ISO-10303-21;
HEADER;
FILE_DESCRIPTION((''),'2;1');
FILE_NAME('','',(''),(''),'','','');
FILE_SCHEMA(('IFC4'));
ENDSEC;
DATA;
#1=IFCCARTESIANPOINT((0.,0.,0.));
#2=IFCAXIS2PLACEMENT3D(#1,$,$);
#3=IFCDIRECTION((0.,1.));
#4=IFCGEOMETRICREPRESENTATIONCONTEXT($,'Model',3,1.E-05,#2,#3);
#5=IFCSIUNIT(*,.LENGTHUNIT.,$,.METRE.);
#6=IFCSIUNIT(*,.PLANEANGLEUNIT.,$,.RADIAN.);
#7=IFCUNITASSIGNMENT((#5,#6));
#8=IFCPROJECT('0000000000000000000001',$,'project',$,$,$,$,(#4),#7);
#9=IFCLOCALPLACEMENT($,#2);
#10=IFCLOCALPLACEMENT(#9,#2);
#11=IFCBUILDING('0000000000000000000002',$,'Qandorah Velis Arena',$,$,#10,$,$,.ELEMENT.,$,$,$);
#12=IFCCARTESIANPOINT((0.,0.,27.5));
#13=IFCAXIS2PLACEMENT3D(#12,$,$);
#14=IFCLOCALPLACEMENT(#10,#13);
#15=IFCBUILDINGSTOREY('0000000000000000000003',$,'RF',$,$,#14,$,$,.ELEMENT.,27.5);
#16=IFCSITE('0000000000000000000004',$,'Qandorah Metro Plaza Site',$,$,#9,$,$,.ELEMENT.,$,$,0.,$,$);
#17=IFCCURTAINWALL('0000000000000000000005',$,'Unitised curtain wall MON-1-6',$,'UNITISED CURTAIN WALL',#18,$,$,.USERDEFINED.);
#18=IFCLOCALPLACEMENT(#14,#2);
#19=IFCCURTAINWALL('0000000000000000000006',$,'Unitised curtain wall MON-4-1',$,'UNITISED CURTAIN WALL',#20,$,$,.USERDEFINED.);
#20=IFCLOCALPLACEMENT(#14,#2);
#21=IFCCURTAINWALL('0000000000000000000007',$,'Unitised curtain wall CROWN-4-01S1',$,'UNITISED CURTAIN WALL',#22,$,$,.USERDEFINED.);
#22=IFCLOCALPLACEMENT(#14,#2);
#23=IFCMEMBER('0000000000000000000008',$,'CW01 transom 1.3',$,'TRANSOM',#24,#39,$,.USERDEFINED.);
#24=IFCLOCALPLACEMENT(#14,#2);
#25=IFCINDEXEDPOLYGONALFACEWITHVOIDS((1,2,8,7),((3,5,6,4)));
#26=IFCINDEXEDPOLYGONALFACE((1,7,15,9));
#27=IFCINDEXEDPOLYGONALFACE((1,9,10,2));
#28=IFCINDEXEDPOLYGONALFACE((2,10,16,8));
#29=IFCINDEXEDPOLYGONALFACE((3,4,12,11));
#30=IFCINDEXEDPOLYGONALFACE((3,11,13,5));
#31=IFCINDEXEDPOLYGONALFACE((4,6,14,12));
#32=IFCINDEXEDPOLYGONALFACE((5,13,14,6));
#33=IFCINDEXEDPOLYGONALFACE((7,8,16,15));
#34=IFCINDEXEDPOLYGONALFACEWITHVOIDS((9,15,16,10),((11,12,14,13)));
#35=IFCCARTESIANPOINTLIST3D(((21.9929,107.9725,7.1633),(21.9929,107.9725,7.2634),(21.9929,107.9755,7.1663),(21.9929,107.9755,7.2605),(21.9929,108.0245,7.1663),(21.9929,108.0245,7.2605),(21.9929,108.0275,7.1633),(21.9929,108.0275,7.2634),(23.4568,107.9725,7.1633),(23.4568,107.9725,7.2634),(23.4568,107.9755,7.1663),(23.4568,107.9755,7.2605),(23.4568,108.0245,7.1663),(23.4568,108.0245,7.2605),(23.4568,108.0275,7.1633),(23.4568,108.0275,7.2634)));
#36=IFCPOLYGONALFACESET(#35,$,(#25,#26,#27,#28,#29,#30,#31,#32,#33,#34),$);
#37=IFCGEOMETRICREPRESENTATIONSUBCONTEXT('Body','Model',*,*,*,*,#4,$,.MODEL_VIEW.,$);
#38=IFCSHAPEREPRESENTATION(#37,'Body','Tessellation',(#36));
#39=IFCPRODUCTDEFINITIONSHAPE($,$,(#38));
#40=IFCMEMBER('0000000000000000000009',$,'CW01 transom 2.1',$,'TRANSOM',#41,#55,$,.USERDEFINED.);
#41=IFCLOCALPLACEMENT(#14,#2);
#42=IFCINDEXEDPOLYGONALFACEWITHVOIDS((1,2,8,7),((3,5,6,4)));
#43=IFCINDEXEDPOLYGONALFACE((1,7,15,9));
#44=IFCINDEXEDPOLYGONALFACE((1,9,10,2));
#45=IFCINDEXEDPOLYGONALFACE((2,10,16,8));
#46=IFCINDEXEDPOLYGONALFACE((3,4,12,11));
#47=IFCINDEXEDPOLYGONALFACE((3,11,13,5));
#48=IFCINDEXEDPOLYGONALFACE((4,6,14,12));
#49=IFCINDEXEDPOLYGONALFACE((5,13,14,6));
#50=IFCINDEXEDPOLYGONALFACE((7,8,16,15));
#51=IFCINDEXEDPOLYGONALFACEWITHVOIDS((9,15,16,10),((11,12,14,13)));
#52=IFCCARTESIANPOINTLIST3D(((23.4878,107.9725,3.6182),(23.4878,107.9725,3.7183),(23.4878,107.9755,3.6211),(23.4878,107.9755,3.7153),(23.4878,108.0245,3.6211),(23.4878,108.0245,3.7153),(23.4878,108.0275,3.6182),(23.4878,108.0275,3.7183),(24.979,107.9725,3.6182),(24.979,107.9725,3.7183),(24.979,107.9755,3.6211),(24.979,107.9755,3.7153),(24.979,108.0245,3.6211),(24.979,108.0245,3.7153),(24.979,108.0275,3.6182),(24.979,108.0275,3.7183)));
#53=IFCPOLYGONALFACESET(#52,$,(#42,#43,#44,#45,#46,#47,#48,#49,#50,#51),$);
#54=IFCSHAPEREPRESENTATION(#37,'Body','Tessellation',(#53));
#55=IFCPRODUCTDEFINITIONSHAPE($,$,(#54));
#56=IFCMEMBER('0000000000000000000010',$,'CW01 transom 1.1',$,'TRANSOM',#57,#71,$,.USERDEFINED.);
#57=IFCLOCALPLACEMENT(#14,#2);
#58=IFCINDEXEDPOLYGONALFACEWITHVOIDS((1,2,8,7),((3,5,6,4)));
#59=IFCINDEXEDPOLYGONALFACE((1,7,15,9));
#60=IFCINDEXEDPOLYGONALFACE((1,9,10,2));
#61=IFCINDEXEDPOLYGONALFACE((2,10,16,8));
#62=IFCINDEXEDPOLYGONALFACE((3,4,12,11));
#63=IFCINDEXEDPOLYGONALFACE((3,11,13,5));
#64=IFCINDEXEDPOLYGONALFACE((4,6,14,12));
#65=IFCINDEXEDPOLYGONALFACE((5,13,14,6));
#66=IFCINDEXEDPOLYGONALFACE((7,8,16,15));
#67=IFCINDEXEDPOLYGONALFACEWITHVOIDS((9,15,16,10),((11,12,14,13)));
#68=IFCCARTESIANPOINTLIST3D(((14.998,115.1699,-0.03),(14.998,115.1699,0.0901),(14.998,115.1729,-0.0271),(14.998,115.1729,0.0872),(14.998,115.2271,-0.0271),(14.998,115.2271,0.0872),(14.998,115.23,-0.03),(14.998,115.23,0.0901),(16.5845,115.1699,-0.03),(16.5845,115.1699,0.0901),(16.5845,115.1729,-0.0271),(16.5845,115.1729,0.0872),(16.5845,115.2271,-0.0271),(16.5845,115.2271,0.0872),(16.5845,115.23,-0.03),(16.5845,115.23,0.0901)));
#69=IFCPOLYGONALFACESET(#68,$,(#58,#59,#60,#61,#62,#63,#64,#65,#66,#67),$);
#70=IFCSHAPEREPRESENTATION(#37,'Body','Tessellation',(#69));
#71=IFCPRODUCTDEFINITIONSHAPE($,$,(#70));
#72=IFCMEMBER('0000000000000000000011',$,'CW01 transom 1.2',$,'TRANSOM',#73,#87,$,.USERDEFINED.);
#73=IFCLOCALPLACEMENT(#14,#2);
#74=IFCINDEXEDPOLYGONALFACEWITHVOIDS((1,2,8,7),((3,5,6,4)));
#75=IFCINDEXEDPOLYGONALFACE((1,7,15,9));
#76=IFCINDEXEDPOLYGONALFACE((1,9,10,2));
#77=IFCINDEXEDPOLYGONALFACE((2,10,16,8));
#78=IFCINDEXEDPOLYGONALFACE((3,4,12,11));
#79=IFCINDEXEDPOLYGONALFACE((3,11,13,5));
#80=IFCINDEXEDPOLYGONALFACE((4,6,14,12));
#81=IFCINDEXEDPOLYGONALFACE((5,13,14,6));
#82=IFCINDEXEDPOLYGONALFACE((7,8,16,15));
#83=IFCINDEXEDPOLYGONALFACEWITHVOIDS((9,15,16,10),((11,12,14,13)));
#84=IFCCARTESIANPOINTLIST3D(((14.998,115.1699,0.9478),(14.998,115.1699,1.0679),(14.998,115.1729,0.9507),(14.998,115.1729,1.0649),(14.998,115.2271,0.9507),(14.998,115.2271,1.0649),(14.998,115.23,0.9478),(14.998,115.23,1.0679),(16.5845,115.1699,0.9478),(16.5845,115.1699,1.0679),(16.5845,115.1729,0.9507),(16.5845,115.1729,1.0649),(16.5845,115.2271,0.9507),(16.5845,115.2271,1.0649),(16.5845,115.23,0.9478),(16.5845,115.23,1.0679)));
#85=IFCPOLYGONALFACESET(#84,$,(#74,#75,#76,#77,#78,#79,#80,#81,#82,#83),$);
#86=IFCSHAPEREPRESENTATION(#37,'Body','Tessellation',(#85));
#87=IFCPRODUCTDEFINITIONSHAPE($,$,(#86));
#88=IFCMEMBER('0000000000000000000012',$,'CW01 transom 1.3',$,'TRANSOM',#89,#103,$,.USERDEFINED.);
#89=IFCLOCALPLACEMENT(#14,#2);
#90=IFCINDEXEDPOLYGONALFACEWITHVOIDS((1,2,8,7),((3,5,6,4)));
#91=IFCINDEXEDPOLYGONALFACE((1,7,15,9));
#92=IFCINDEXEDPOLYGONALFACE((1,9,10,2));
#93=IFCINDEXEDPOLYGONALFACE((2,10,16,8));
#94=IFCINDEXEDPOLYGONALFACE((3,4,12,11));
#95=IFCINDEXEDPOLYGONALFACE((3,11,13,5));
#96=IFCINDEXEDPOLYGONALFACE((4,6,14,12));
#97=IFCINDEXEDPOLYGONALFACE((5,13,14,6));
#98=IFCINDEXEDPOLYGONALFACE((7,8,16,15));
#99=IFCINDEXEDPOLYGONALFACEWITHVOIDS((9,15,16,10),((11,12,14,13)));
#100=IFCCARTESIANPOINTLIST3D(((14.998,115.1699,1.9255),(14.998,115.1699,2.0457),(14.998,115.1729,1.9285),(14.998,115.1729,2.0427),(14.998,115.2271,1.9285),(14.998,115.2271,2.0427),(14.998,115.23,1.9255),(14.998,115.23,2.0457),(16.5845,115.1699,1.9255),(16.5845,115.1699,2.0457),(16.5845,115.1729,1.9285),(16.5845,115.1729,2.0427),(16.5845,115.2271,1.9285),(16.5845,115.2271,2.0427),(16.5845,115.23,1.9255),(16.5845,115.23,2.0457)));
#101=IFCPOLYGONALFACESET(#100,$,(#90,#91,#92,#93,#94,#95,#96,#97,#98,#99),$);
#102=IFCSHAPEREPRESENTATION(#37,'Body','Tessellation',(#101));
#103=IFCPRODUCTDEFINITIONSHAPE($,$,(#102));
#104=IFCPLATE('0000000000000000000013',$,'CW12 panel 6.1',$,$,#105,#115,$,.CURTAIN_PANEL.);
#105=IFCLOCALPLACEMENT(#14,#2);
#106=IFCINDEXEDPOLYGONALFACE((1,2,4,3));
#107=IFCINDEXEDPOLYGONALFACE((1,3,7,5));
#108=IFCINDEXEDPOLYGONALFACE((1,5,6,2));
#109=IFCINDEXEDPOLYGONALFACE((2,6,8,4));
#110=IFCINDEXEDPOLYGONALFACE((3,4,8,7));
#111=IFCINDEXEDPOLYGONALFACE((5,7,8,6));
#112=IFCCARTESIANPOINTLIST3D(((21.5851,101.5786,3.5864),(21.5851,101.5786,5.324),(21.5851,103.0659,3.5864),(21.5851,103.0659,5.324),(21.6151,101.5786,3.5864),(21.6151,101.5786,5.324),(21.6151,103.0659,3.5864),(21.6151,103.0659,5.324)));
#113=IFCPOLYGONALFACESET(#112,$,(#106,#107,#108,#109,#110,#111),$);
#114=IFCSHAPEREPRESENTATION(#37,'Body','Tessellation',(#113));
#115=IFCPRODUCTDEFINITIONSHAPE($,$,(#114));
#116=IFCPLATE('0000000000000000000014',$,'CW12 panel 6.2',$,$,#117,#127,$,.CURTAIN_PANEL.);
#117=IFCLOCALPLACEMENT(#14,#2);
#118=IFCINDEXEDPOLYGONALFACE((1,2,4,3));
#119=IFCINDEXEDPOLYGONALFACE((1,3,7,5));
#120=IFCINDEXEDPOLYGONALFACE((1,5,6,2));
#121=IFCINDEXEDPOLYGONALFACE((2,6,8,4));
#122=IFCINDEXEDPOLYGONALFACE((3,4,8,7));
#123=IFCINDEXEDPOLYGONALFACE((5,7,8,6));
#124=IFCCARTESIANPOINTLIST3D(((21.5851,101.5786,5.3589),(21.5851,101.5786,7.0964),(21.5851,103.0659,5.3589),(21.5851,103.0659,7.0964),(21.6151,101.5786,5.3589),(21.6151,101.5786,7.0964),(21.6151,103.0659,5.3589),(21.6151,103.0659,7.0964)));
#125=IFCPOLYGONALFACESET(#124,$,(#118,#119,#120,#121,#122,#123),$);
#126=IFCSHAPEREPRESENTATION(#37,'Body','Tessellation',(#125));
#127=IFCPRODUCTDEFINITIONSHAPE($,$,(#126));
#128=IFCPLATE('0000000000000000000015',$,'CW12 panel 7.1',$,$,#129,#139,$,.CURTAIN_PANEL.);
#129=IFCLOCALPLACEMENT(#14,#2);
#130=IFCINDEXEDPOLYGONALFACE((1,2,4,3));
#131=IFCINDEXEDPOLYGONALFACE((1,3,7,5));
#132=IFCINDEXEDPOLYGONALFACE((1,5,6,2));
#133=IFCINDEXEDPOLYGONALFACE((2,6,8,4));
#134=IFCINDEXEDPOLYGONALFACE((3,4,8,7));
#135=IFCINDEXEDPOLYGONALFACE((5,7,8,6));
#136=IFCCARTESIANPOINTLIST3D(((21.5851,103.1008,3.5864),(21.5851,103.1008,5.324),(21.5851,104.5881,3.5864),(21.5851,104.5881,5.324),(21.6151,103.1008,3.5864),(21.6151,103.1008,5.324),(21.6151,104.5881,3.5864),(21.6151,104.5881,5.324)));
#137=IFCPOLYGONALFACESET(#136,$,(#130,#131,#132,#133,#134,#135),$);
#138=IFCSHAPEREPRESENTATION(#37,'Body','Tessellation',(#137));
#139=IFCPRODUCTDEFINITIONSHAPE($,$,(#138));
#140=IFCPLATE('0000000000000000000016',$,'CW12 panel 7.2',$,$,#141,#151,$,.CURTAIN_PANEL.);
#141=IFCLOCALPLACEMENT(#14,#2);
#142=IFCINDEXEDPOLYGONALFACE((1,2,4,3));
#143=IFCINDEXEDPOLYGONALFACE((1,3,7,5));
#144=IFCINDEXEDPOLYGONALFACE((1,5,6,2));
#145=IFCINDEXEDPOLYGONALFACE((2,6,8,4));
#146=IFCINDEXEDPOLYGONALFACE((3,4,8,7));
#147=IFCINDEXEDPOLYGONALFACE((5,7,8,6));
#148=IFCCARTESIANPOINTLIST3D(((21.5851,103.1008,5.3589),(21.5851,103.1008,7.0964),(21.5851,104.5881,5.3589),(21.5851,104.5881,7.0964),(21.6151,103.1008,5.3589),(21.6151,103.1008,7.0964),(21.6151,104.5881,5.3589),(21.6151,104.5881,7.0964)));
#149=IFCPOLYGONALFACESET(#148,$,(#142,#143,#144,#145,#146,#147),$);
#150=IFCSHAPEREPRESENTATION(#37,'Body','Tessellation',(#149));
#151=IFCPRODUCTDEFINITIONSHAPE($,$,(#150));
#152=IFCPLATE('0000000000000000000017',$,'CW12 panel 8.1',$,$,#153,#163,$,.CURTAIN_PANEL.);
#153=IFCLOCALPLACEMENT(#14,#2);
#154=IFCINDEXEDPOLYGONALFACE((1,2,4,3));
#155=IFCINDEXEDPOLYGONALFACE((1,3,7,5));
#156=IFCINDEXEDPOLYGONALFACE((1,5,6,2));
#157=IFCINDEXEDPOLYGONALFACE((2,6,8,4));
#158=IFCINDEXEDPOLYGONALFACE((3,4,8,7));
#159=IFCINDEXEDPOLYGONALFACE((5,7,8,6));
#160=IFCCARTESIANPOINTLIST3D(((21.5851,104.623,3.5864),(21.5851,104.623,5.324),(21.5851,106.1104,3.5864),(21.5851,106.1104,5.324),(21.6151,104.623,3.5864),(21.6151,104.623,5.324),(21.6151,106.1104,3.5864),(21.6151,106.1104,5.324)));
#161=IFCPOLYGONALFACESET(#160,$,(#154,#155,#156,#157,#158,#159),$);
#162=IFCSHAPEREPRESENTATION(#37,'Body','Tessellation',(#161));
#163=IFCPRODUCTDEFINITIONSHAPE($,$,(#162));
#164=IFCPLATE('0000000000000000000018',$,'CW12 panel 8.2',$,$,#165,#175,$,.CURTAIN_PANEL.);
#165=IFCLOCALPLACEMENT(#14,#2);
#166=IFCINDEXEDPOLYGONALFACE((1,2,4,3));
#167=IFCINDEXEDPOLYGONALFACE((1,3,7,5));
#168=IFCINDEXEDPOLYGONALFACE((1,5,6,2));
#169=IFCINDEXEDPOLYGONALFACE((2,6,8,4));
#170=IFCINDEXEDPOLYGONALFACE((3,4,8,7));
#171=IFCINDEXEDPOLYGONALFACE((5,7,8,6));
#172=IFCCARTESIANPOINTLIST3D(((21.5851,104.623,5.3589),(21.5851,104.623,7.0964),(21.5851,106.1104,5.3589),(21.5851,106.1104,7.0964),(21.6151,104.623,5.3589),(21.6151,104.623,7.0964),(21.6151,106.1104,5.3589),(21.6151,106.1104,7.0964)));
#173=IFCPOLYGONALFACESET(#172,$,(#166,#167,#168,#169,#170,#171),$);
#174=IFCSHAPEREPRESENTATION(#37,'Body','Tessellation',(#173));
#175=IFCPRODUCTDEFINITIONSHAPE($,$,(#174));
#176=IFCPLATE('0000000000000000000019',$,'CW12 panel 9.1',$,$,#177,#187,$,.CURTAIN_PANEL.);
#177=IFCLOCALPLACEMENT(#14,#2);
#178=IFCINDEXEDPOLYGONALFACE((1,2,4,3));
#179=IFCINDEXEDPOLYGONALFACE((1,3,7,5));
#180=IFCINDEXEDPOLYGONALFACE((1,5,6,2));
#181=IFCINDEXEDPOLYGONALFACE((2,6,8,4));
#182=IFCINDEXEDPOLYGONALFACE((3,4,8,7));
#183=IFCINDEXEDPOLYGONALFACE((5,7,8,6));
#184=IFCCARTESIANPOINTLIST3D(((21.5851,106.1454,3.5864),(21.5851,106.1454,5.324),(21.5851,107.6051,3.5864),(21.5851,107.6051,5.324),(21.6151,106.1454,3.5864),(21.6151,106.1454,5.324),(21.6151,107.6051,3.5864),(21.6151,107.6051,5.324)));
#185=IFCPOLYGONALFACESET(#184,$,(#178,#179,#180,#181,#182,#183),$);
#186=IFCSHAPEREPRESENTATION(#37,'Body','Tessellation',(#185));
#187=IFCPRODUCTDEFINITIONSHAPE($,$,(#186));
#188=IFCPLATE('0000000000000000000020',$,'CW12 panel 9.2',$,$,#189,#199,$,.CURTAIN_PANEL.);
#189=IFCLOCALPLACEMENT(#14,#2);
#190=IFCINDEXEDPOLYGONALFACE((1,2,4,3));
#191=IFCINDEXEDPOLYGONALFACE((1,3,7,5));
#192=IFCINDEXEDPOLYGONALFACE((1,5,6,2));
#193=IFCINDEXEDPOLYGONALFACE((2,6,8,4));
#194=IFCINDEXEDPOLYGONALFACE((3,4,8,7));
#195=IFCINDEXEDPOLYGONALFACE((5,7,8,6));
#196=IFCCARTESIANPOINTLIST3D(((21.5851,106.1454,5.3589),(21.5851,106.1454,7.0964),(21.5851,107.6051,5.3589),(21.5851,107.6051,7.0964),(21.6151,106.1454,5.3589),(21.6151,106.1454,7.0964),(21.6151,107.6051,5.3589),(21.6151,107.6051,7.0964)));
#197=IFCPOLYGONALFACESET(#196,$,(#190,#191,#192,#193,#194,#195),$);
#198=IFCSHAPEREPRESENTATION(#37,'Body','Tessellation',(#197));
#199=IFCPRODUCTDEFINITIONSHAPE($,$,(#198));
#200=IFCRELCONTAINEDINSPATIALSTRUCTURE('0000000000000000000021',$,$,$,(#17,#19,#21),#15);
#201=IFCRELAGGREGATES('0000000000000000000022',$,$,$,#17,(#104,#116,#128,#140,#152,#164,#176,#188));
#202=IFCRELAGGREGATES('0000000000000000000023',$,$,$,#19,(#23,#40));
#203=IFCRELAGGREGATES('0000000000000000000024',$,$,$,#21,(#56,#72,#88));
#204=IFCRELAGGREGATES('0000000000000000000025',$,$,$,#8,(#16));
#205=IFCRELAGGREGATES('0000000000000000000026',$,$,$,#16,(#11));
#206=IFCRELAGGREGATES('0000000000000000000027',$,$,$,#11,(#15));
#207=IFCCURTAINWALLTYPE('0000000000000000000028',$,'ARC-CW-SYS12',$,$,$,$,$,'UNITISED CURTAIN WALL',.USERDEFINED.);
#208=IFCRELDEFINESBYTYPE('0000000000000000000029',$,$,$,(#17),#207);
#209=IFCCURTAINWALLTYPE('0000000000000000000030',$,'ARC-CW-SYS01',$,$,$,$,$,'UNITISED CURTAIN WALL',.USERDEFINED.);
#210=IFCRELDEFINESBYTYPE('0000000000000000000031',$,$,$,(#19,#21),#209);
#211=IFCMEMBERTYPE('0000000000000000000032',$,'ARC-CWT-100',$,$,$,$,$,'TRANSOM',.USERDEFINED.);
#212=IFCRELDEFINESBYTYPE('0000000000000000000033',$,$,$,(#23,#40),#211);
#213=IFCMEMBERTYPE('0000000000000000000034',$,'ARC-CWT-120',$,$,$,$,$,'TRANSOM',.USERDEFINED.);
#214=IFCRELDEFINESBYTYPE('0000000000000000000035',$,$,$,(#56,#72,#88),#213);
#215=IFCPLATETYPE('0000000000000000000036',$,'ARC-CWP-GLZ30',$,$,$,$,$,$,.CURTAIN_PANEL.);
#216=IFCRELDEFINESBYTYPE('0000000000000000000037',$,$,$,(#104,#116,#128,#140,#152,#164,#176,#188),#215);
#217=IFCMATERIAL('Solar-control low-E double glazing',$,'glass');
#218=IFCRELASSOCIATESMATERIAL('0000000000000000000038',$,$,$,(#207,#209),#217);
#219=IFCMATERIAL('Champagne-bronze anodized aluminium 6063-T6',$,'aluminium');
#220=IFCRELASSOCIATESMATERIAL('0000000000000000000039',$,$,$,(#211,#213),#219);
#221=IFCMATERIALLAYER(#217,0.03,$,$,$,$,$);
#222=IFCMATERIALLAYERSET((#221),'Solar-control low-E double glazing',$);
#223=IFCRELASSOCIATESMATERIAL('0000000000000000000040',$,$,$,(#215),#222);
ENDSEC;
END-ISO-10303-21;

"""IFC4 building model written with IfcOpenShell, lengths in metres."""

from ifc_helpers import new_model, si_unit, direction, frame, origin, origin_2d, place, context, subcontext, project, spatial, rectangle, hollow_rectangle, extrude, material, layer, layer_set, material_profile, profile_set, type_object, element, aggregate, save


model = new_model("IFC4")

# Units and contexts
model_context = context("Model", 3, precision=1e-05, world=origin(), true_north=direction((0.0, 1.0)))
body_context = subcontext(model_context, "Body", "Model", "MODEL_VIEW")
ifc_project = project(units=[si_unit("LENGTHUNIT", "METRE"), si_unit("PLANEANGLEUNIT", "RADIAN")], contexts=[model_context])

# Site, building, storey
site_placement = place(None, origin())
site = spatial("IfcSite", under=ifc_project, at=site_placement, Name="Qandorah Metro Plaza Site", CompositionType="ELEMENT", RefElevation=0.0)
building_placement = place(site_placement, origin())
building = spatial("IfcBuilding", under=site, at=building_placement, Name="Qandorah Velis Arena", CompositionType="ELEMENT")
storey_placement = place(building_placement, frame((0.0, 0.0, 27.5)))
storey = spatial("IfcBuildingStorey", under=building, at=storey_placement, Name="RF", CompositionType="ELEMENT", Elevation=27.5)

# Curtain walls
ifc_material_1 = material(Name="Solar-control low-E double glazing", Category="glass")
curtain_wall_type_1 = type_object("IfcCurtainWallType", Name="ARC-CW-SYS12", ElementType="UNITISED CURTAIN WALL", PredefinedType="USERDEFINED", material=ifc_material_1)
curtain_wall_1_placement = place(storey_placement, origin())
curtain_wall_1 = element("IfcCurtainWall", 1, at=curtain_wall_1_placement, inside=storey, type_object=curtain_wall_type_1, Name="Unitised curtain wall MON-1-6", ObjectType="UNITISED CURTAIN WALL", PredefinedType="USERDEFINED")
ifc_material_2 = material(Name="Champagne-bronze anodized aluminium 6063-T6", Category="aluminium")
curtain_wall_type_2 = type_object("IfcCurtainWallType", Name="ARC-CW-SYS01", ElementType="UNITISED CURTAIN WALL", PredefinedType="USERDEFINED", material=ifc_material_1)
curtain_wall_2_placement = place(storey_placement, origin())
curtain_wall_2 = element("IfcCurtainWall", 2, at=curtain_wall_2_placement, inside=storey, type_object=curtain_wall_type_2, Name="Unitised curtain wall MON-4-1", ObjectType="UNITISED CURTAIN WALL", PredefinedType="USERDEFINED")

# Curtain wall
curtain_wall_3_placement = place(storey_placement, origin())
curtain_wall_3 = element("IfcCurtainWall", 3, at=curtain_wall_3_placement, inside=storey, type_object=curtain_wall_type_2, Name="Unitised curtain wall CROWN-4-01S1", ObjectType="UNITISED CURTAIN WALL", PredefinedType="USERDEFINED")

# Members
ifc_material_profile_1 = material_profile(ifc_material_2, hollow_rectangle(XDim=0.0549, YDim=0.1001, WallThickness=0.0029, at=origin_2d()), Name="ALU TRANSOM 55x100")
ifc_profile_set_1 = profile_set([ifc_material_profile_1], Name="Champagne-bronze anodized aluminium 6063-T6")
member_type_1 = type_object("IfcMemberType", Name="ARC-CWT-100", ElementType="TRANSOM", PredefinedType="USERDEFINED", material=ifc_profile_set_1)
member_1_placement = place(storey_placement, frame((21.9929, 108.0, 7.2134), z_axis=(1.0, 0.0, 0.0), x_axis=(0.0, 1.0, 0.0)))
member_1 = element("IfcMember", 4, at=member_1_placement, type_object=member_type_1, Name="CW01 transom 1.3", ObjectType="TRANSOM", PredefinedType="USERDEFINED", context=body_context, shape_type="SweptSolid", body=[
    extrude(hollow_rectangle(XDim=0.0549, YDim=0.1001, WallThickness=0.0029, at=origin_2d()), origin(), (0.0, 0.0, 1.0), 1.4639),
])
member_2_placement = place(storey_placement, frame((23.4878, 108.0, 3.6682), z_axis=(1.0, 0.0, 0.0), x_axis=(0.0, 1.0, 0.0)))
member_2 = element("IfcMember", 5, at=member_2_placement, type_object=member_type_1, Name="CW01 transom 2.1", ObjectType="TRANSOM", PredefinedType="USERDEFINED", context=body_context, shape_type="SweptSolid", body=[
    extrude(hollow_rectangle(XDim=0.0549, YDim=0.1001, WallThickness=0.0029, at=origin_2d()), origin(), (0.0, 0.0, 1.0), 1.4912),
])
ifc_material_profile_2 = material_profile(ifc_material_2, hollow_rectangle(XDim=0.0601, YDim=0.1201, WallThickness=0.0029, at=origin_2d()), Name="ALU TRANSOM 60x120")
ifc_profile_set_2 = profile_set([ifc_material_profile_2], Name="Champagne-bronze anodized aluminium 6063-T6")
member_type_2 = type_object("IfcMemberType", Name="ARC-CWT-120", ElementType="TRANSOM", PredefinedType="USERDEFINED", material=ifc_profile_set_2)
member_3_placement = place(storey_placement, frame((14.998, 115.2, 0.03), z_axis=(1.0, 0.0, 0.0), x_axis=(0.0, 1.0, 0.0)))
member_3 = element("IfcMember", 6, at=member_3_placement, type_object=member_type_2, Name="CW01 transom 1.1", ObjectType="TRANSOM", PredefinedType="USERDEFINED", context=body_context, shape_type="SweptSolid", body=[
    extrude(hollow_rectangle(XDim=0.0601, YDim=0.1201, WallThickness=0.0029, at=origin_2d()), origin(), (0.0, 0.0, 1.0), 1.5864),
])
member_4_placement = place(storey_placement, frame((14.998, 115.2, 1.0078), z_axis=(1.0, 0.0, 0.0), x_axis=(0.0, 1.0, 0.0)))
member_4 = element("IfcMember", 7, at=member_4_placement, type_object=member_type_2, Name="CW01 transom 1.2", ObjectType="TRANSOM", PredefinedType="USERDEFINED", context=body_context, shape_type="SweptSolid", body=[
    extrude(hollow_rectangle(XDim=0.0601, YDim=0.1201, WallThickness=0.0029, at=origin_2d()), origin(), (0.0, 0.0, 1.0), 1.5864),
])
member_5_placement = place(storey_placement, frame((14.998, 115.2, 1.9856), z_axis=(1.0, 0.0, 0.0), x_axis=(0.0, 1.0, 0.0)))
member_5 = element("IfcMember", 8, at=member_5_placement, type_object=member_type_2, Name="CW01 transom 1.3", ObjectType="TRANSOM", PredefinedType="USERDEFINED", context=body_context, shape_type="SweptSolid", body=[
    extrude(hollow_rectangle(XDim=0.0601, YDim=0.1201, WallThickness=0.0029, at=origin_2d()), origin(), (0.0, 0.0, 1.0), 1.5864),
])

# Plates
ifc_layer_1 = layer(ifc_material_1, 0.03)
ifc_layer_set_1 = layer_set([ifc_layer_1], Name="Solar-control low-E double glazing")
plate_type_1 = type_object("IfcPlateType", Name="ARC-CWP-GLZ30", PredefinedType="CURTAIN_PANEL", material=ifc_layer_set_1)
plate_1_placement = place(storey_placement, frame((21.6001, 102.3223, 3.5864), z_axis=(0.0, 0.0, 1.0), x_axis=(0.0, 1.0, 0.0)))
plate_1 = element("IfcPlate", 9, at=plate_1_placement, type_object=plate_type_1, Name="CW12 panel 6.1", PredefinedType="CURTAIN_PANEL", context=body_context, shape_type="SweptSolid", body=[
    extrude(rectangle(XDim=1.4873, YDim=0.03, at=origin_2d()), origin(), (0.0, 0.0, 1.0), 1.7375),
])
plate_2_placement = place(storey_placement, frame((21.6001, 102.3223, 5.3589), z_axis=(0.0, 0.0, 1.0), x_axis=(0.0, 1.0, 0.0)))
plate_2 = element("IfcPlate", 10, at=plate_2_placement, type_object=plate_type_1, Name="CW12 panel 6.2", PredefinedType="CURTAIN_PANEL", context=body_context, shape_type="SweptSolid", body=[
    extrude(rectangle(XDim=1.4873, YDim=0.03, at=origin_2d()), origin(), (0.0, 0.0, 1.0), 1.7375),
])
plate_3_placement = place(storey_placement, frame((21.6001, 103.8445, 3.5864), z_axis=(0.0, 0.0, 1.0), x_axis=(0.0, 1.0, 0.0)))
plate_3 = element("IfcPlate", 11, at=plate_3_placement, type_object=plate_type_1, Name="CW12 panel 7.1", PredefinedType="CURTAIN_PANEL", context=body_context, shape_type="SweptSolid", body=[
    extrude(rectangle(XDim=1.4873, YDim=0.03, at=origin_2d()), origin(), (0.0, 0.0, 1.0), 1.7375),
])
plate_4_placement = place(storey_placement, frame((21.6001, 103.8445, 5.3589), z_axis=(0.0, 0.0, 1.0), x_axis=(0.0, 1.0, 0.0)))
plate_4 = element("IfcPlate", 12, at=plate_4_placement, type_object=plate_type_1, Name="CW12 panel 7.2", PredefinedType="CURTAIN_PANEL", context=body_context, shape_type="SweptSolid", body=[
    extrude(rectangle(XDim=1.4873, YDim=0.03, at=origin_2d()), origin(), (0.0, 0.0, 1.0), 1.7375),
])
plate_5_placement = place(storey_placement, frame((21.6001, 105.3667, 3.5864), z_axis=(0.0, 0.0, 1.0), x_axis=(0.0, 1.0, 0.0)))
plate_5 = element("IfcPlate", 13, at=plate_5_placement, type_object=plate_type_1, Name="CW12 panel 8.1", PredefinedType="CURTAIN_PANEL", context=body_context, shape_type="SweptSolid", body=[
    extrude(rectangle(XDim=1.4873, YDim=0.03, at=origin_2d()), origin(), (0.0, 0.0, 1.0), 1.7375),
])
plate_6_placement = place(storey_placement, frame((21.6001, 105.3667, 5.3589), z_axis=(0.0, 0.0, 1.0), x_axis=(0.0, 1.0, 0.0)))
plate_6 = element("IfcPlate", 14, at=plate_6_placement, type_object=plate_type_1, Name="CW12 panel 8.2", PredefinedType="CURTAIN_PANEL", context=body_context, shape_type="SweptSolid", body=[
    extrude(rectangle(XDim=1.4873, YDim=0.03, at=origin_2d()), origin(), (0.0, 0.0, 1.0), 1.7375),
])
plate_7_placement = place(storey_placement, frame((21.6001, 106.8752, 3.5864), z_axis=(0.0, 0.0, 1.0), x_axis=(0.0, 1.0, 0.0)))
plate_7 = element("IfcPlate", 15, at=plate_7_placement, type_object=plate_type_1, Name="CW12 panel 9.1", PredefinedType="CURTAIN_PANEL", context=body_context, shape_type="SweptSolid", body=[
    extrude(rectangle(XDim=1.4597, YDim=0.03, at=origin_2d()), origin(), (0.0, 0.0, 1.0), 1.7375),
])
plate_8_placement = place(storey_placement, frame((21.6001, 106.8752, 5.3589), z_axis=(0.0, 0.0, 1.0), x_axis=(0.0, 1.0, 0.0)))
plate_8 = element("IfcPlate", 16, at=plate_8_placement, type_object=plate_type_1, Name="CW12 panel 9.2", PredefinedType="CURTAIN_PANEL", context=body_context, shape_type="SweptSolid", body=[
    extrude(rectangle(XDim=1.4597, YDim=0.03, at=origin_2d()), origin(), (0.0, 0.0, 1.0), 1.7375),
])
aggregate(curtain_wall_1, [plate_1, plate_2, plate_3, plate_4, plate_5, plate_6, plate_7, plate_8])
aggregate(curtain_wall_2, [member_1, member_2])
aggregate(curtain_wall_3, [member_3, member_4, member_5])

save(model, "model.ifc")
